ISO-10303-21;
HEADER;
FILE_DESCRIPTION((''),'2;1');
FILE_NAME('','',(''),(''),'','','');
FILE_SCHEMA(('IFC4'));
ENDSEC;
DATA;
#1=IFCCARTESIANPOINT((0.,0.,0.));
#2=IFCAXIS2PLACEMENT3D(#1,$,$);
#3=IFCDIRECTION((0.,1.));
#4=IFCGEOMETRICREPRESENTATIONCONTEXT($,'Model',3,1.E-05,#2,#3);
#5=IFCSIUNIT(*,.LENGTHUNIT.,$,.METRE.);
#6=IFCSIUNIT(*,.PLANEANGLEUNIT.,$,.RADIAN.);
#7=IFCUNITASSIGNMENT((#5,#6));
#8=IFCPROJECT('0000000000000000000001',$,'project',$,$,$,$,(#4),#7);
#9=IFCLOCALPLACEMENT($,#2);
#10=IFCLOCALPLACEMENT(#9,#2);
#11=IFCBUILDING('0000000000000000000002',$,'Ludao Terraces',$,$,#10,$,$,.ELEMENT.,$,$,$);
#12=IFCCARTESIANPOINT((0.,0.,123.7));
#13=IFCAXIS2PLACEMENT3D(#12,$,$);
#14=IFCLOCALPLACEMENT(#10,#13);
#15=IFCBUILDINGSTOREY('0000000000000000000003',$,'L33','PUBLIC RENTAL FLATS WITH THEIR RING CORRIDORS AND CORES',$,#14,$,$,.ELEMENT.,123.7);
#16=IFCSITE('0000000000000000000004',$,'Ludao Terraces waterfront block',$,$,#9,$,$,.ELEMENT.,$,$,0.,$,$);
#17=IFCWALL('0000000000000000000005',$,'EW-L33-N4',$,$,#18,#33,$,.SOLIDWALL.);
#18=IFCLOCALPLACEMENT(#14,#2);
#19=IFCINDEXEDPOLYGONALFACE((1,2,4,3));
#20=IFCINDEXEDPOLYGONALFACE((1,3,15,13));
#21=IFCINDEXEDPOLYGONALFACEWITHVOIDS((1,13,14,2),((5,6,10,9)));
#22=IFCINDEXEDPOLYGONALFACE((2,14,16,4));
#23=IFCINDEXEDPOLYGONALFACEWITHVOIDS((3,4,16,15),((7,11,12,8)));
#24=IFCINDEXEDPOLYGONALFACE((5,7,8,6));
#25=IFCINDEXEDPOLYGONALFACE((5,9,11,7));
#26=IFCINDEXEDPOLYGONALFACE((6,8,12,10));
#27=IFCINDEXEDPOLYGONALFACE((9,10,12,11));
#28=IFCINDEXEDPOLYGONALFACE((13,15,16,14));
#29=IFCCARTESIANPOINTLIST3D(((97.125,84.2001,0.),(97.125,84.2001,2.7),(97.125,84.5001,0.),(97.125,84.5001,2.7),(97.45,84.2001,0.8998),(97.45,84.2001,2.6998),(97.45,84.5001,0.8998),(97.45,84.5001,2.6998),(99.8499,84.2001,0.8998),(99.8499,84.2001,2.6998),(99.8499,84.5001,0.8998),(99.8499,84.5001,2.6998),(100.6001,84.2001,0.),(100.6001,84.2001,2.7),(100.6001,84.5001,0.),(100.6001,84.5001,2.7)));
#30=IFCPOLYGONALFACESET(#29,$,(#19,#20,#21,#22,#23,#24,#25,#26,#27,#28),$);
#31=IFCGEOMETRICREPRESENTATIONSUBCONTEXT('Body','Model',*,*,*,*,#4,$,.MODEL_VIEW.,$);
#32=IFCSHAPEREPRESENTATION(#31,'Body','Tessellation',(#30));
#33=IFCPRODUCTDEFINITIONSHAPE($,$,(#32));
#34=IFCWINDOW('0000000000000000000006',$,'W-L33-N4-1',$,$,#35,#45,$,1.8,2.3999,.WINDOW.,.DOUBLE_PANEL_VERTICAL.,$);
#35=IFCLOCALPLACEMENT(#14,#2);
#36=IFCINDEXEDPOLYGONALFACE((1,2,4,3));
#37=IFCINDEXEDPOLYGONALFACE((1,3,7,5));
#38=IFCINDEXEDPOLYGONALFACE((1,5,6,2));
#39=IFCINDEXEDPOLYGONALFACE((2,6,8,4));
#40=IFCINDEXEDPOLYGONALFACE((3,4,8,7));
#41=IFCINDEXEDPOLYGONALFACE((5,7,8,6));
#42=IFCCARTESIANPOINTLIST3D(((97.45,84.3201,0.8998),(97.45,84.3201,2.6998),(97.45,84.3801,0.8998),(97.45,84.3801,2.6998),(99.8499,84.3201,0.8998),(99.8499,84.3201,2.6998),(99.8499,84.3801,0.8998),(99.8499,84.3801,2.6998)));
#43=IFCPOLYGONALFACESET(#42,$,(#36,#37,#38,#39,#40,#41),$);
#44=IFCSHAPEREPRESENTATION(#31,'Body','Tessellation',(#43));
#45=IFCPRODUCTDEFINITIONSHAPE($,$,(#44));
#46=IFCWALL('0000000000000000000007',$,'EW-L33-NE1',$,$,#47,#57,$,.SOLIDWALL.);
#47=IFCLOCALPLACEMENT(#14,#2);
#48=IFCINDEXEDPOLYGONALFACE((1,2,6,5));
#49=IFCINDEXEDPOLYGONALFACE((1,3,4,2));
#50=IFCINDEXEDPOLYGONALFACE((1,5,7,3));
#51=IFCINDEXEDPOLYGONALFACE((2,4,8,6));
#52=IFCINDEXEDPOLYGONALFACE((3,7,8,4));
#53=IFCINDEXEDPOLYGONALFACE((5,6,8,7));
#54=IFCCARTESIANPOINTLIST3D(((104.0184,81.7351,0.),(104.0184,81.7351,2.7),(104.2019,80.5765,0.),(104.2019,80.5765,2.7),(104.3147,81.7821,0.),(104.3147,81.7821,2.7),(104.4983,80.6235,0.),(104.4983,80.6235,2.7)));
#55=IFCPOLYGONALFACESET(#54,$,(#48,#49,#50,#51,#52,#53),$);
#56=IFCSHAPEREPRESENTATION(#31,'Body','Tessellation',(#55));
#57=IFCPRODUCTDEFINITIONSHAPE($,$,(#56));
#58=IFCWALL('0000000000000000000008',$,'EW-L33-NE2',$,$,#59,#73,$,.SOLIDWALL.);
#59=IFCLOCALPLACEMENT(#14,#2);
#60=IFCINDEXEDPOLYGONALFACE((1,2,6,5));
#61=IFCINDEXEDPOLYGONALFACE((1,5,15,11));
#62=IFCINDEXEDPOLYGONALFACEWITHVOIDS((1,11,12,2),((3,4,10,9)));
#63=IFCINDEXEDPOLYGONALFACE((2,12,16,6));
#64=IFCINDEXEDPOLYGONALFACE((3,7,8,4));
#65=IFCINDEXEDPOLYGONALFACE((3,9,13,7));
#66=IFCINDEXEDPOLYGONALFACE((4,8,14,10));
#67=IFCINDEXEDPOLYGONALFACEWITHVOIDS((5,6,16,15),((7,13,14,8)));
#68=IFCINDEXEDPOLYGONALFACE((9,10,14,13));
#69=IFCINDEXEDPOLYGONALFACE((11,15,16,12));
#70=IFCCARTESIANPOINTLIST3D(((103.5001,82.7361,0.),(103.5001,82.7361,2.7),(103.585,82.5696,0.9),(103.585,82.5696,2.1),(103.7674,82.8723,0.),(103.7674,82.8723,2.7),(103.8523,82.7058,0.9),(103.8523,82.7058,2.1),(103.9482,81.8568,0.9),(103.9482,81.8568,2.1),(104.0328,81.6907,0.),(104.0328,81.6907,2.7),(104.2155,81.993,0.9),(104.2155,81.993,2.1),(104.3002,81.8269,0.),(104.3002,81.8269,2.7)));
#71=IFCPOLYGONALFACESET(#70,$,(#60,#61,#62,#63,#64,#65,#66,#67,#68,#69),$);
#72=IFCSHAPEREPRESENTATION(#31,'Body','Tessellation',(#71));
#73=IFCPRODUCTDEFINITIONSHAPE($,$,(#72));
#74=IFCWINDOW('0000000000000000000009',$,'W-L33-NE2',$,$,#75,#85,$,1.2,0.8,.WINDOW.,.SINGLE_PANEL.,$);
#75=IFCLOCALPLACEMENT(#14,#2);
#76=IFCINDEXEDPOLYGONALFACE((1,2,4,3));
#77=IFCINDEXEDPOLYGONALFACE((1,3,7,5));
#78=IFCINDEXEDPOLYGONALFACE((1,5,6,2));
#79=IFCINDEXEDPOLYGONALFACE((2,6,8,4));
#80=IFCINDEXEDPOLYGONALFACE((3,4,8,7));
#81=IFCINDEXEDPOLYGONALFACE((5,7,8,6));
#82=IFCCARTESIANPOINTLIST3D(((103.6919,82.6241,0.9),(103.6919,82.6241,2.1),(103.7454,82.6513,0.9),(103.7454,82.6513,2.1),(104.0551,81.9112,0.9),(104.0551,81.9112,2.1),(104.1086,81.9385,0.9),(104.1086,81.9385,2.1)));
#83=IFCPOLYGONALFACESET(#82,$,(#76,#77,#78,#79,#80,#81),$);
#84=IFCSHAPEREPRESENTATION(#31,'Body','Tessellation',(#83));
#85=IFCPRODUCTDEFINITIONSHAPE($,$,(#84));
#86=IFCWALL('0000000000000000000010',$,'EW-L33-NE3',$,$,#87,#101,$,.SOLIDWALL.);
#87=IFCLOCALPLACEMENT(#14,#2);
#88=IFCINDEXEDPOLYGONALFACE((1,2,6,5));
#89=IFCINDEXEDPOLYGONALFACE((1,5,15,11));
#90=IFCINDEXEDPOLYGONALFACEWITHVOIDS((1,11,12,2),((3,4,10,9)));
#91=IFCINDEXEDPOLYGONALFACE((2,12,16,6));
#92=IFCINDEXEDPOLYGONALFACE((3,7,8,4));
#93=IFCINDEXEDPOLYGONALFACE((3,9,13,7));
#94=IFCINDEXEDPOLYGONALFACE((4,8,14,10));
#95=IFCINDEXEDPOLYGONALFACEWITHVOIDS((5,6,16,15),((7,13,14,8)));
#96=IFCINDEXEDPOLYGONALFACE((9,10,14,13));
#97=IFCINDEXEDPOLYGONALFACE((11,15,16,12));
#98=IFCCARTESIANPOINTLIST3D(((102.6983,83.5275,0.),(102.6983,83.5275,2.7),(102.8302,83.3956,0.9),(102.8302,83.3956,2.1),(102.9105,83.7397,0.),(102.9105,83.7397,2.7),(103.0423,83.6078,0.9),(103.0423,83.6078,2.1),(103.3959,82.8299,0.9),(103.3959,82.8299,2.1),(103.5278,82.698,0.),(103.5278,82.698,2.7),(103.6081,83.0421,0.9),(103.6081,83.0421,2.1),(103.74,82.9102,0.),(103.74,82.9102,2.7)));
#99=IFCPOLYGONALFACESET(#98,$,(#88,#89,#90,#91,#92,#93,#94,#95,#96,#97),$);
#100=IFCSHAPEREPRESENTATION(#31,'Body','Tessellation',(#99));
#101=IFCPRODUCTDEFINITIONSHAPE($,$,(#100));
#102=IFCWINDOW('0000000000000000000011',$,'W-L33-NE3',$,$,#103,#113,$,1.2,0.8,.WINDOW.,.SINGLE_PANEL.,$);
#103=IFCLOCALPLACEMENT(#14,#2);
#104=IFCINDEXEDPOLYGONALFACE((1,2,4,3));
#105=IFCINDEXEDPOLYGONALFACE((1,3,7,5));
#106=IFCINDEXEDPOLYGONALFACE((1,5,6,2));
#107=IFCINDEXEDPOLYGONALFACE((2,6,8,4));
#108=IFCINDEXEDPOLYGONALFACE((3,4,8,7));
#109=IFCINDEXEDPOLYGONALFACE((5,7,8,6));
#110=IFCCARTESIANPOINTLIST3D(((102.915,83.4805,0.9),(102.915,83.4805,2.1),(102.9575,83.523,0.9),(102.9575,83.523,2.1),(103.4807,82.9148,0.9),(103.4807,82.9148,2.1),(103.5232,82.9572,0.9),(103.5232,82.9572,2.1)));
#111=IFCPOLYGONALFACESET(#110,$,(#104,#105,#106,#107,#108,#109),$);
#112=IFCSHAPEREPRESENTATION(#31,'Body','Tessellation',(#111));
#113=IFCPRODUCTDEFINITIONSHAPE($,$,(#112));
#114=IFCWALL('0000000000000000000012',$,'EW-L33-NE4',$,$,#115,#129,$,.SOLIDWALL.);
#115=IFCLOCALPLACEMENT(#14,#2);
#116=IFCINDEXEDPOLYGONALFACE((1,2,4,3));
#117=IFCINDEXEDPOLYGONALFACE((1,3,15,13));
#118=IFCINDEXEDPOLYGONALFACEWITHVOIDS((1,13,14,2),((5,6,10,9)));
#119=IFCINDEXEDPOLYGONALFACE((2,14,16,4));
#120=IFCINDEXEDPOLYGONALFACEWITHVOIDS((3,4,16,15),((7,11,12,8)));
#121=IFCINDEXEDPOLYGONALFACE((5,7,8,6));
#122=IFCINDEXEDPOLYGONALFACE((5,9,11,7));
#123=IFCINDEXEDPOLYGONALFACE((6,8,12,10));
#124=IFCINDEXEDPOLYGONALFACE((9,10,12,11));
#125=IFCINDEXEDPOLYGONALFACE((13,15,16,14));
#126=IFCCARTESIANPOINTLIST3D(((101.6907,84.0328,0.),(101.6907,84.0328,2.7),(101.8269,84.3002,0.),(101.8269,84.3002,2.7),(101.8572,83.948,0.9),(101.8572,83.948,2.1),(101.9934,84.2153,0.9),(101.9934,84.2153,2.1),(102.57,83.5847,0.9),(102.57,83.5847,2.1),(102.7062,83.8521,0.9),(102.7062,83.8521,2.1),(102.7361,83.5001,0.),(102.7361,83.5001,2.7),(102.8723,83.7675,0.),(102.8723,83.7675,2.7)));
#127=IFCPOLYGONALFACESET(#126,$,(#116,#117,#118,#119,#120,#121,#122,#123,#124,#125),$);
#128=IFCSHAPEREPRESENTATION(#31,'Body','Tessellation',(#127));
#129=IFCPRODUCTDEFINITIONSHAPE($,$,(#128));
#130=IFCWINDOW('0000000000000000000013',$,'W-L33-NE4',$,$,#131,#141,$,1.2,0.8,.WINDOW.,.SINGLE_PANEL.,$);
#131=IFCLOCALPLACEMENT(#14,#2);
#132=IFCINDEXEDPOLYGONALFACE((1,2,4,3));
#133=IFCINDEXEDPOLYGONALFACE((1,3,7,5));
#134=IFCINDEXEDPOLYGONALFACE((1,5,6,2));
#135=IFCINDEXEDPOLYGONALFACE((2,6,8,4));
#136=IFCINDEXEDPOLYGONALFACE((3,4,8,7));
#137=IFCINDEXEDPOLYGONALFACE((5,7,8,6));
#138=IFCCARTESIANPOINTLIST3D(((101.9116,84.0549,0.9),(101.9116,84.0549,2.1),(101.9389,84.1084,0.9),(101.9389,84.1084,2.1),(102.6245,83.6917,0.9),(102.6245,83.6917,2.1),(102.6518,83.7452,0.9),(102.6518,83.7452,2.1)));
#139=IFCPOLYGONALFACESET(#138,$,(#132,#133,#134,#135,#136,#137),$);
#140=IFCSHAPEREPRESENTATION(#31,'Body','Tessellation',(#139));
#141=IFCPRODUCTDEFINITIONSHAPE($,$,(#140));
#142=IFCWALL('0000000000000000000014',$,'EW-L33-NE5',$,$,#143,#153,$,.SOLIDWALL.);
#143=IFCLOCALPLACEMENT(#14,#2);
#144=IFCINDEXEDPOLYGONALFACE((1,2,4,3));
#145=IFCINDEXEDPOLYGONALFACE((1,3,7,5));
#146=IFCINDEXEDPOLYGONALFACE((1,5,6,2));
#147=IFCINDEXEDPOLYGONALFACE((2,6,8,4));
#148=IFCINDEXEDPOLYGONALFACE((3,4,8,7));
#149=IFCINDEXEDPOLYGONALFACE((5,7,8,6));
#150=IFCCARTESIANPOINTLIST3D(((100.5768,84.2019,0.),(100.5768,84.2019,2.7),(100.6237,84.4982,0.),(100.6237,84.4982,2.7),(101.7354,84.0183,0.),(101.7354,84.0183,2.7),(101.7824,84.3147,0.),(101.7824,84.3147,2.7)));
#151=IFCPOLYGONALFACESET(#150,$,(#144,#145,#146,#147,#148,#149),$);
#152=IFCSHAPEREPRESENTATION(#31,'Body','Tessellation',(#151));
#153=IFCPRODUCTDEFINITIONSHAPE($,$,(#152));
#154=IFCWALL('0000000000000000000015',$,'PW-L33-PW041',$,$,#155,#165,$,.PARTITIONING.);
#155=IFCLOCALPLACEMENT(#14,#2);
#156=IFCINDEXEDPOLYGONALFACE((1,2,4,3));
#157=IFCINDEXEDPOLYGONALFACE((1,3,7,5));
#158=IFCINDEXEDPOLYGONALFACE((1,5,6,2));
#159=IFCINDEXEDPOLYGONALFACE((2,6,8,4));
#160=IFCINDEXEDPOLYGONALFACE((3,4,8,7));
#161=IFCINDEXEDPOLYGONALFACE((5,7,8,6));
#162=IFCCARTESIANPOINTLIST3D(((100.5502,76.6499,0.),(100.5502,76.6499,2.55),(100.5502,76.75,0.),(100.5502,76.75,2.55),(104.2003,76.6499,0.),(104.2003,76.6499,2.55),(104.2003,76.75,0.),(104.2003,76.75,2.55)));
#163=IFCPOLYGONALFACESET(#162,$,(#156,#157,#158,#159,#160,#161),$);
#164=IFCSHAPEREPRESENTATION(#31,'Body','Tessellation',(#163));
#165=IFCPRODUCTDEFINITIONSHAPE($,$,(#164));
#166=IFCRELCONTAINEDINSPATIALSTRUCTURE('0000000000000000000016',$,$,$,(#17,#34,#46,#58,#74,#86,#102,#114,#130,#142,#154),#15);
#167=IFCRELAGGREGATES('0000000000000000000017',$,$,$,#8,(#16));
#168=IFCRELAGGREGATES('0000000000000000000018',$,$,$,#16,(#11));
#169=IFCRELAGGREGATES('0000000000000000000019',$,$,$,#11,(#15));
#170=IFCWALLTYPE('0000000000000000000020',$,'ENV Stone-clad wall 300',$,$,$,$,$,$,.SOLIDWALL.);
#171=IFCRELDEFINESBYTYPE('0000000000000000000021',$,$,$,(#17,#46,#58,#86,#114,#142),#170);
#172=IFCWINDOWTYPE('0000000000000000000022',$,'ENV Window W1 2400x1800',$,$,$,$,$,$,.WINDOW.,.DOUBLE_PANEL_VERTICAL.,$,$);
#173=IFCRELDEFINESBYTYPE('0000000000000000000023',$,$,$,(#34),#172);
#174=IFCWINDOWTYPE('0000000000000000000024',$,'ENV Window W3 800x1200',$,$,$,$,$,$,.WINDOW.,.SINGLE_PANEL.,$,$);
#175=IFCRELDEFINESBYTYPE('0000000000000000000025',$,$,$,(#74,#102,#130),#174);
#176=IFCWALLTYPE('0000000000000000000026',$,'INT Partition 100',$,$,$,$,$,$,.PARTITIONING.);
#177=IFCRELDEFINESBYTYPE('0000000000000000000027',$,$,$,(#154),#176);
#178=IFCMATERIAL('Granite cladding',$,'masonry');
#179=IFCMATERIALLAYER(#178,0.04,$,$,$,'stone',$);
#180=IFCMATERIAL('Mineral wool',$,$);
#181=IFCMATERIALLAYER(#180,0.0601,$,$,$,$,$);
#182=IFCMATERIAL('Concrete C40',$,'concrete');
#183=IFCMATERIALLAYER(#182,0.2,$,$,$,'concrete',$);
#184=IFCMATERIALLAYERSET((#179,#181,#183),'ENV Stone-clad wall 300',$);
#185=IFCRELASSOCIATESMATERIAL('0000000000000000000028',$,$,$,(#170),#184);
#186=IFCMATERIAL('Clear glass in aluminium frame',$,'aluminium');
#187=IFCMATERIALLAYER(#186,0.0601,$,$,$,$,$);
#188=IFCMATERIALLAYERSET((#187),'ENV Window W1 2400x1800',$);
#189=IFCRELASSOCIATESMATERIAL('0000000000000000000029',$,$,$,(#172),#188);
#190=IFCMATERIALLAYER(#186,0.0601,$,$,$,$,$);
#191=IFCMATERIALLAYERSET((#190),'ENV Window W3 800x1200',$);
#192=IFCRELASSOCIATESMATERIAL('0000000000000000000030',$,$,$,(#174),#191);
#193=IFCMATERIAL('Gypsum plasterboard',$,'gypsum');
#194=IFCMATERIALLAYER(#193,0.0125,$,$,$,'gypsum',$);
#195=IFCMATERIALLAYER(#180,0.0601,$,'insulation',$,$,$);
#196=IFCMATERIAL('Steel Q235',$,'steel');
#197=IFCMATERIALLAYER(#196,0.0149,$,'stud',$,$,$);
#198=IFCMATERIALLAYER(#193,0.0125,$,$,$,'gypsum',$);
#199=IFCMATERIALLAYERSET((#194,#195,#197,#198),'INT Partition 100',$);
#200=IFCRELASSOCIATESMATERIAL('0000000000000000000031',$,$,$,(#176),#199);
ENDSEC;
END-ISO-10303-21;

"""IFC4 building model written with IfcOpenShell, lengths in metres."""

from ifc_helpers import new_model, si_unit, direction, frame, frame_2d, origin, place, context, subcontext, project, spatial, rectangle, extrude, material, layer, layer_set, type_object, element, fill, save


model = new_model("IFC4")

# Units and contexts
model_context = context("Model", 3, precision=1e-05, world=origin(), true_north=direction((0.0, 1.0)))
body_context = subcontext(model_context, "Body", "Model", "MODEL_VIEW")
ifc_project = project(units=[si_unit("LENGTHUNIT", "METRE"), si_unit("PLANEANGLEUNIT", "RADIAN")], contexts=[model_context])

# Site, building, storey
site_placement = place(None, origin())
site = spatial("IfcSite", under=ifc_project, at=site_placement, Name="Ludao Terraces waterfront block", CompositionType="ELEMENT", RefElevation=0.0)
building_placement = place(site_placement, origin())
building = spatial("IfcBuilding", under=site, at=building_placement, Name="Ludao Terraces", CompositionType="ELEMENT")
storey_placement = place(building_placement, frame((0.0, 0.0, 123.7)))
storey = spatial("IfcBuildingStorey", under=building, at=storey_placement, Name="L33", Description="PUBLIC RENTAL FLATS WITH THEIR RING CORRIDORS AND CORES", CompositionType="ELEMENT", Elevation=123.7)

# Shared definitions
ifc_material_1 = material(Name="Concrete C40", Category="concrete")

# Shared definitions
ifc_material_2 = material(Name="Steel Q235", Category="steel")

# Shared definitions
ifc_material_3 = material(Name="Granite cladding", Category="masonry")
ifc_layer_1 = layer(ifc_material_3, 0.04, Category="stone")
ifc_material_4 = material(Name="Mineral wool")
ifc_layer_2 = layer(ifc_material_4, 0.0601)
ifc_layer_3 = layer(ifc_material_1, 0.2, Category="concrete")
ifc_layer_set_1 = layer_set([ifc_layer_1, ifc_layer_2, ifc_layer_3], Name="ENV Stone-clad wall 300")
wall_type_1 = type_object("IfcWallType", Name="ENV Stone-clad wall 300", PredefinedType="SOLIDWALL", material=ifc_layer_set_1)
ifc_material_5 = material(Name="Clear glass in aluminium frame", Category="aluminium")
ifc_layer_4 = layer(ifc_material_5, 0.0601)
ifc_layer_set_2 = layer_set([ifc_layer_4], Name="ENV Window W1 2400x1800")
window_type_1 = type_object("IfcWindowType", Name="ENV Window W1 2400x1800", PartitioningType="DOUBLE_PANEL_VERTICAL", PredefinedType="WINDOW", material=ifc_layer_set_2)

# Wall, opening, window
wall_1_placement = place(storey_placement, frame((97.125, 84.3501, 0.0), z_axis=(0.0, 0.0, 1.0), x_axis=(1.0, 0.0, 0.0)))
wall_1 = element("IfcWall", 1, at=wall_1_placement, inside=storey, type_object=wall_type_1, Name="EW-L33-N4", PredefinedType="SOLIDWALL", context=body_context, shape_type="SweptSolid", body=[
    extrude(rectangle(XDim=3.4751, YDim=0.3, at=frame_2d((1.7375, 0.0))), origin(), (0.0, 0.0, 1.0), 2.7),
])
opening_1_placement = place(wall_1_placement, frame((0.325, 0.0, 0.8999)))
opening_1 = element("IfcOpeningElement", 2, at=opening_1_placement, cuts=wall_1, PredefinedType="OPENING", context=body_context, shape_type="SweptSolid", body=[
    extrude(rectangle(XDim=2.3999, YDim=1.8, at=frame_2d((1.2, 0.8999))), frame((0.0, 0.1602, 0.0), z_axis=(0.0, -1.0, 0.0), x_axis=(1.0, 0.0, 0.0)), (0.0, 0.0, 1.0), 0.3201),
])
window_1_placement = place(opening_1_placement, origin())
window_1 = element("IfcWindow", 3, at=window_1_placement, inside=storey, type_object=window_type_1, Name="W-L33-N4-1", OverallHeight=1.8, OverallWidth=2.3999, PartitioningType="DOUBLE_PANEL_VERTICAL", PredefinedType="WINDOW", context=body_context, shape_type="SweptSolid", body=[
    extrude(rectangle(XDim=2.3999, YDim=1.8, at=frame_2d((1.2, 0.8999))), frame((0.0, 0.03, 0.0), z_axis=(0.0, -1.0, 0.0), x_axis=(1.0, 0.0, 0.0)), (0.0, 0.0, 1.0), 0.0601),
])
fill(opening_1, window_1)

# Wall
wall_2_placement = place(storey_placement, frame((104.3501, 80.6001, 0.0), z_axis=(0.0, 0.0, 1.0), x_axis=(-0.156497, 0.987678, 0.0)))
element("IfcWall", 4, at=wall_2_placement, inside=storey, type_object=wall_type_1, Name="EW-L33-NE1", PredefinedType="SOLIDWALL", context=body_context, shape_type="SweptSolid", body=[
    extrude(rectangle(XDim=1.1731, YDim=0.3, at=frame_2d((0.5864, 0.0))), origin(), (0.0, 0.0, 1.0), 2.7),
])

# Walls, openings, windows
wall_3_placement = place(storey_placement, frame((104.1665, 81.7588, 0.0), z_axis=(0.0, 0.0, 1.0), x_axis=(-0.454026, 0.890989, 0.0)))
wall_3 = element("IfcWall", 5, at=wall_3_placement, inside=storey, type_object=wall_type_1, Name="EW-L33-NE2", PredefinedType="SOLIDWALL", context=body_context, shape_type="SweptSolid", body=[
    extrude(rectangle(XDim=1.1733, YDim=0.3, at=frame_2d((0.5867, 0.0))), origin(), (0.0, 0.0, 1.0), 2.7),
])
opening_2_placement = place(wall_3_placement, frame((0.1865, 0.0, 0.8999)))
opening_2 = element("IfcOpeningElement", 6, at=opening_2_placement, cuts=wall_3, PredefinedType="OPENING", context=body_context, shape_type="SweptSolid", body=[
    extrude(rectangle(XDim=0.8, YDim=1.2, at=frame_2d((0.3999, 0.6001))), frame((0.0, 0.1602, 0.0), z_axis=(0.0, -1.0, 0.0), x_axis=(1.0, 0.0, 0.0)), (0.0, 0.0, 1.0), 0.3201),
])
ifc_layer_5 = layer(ifc_material_5, 0.0601)
ifc_layer_set_3 = layer_set([ifc_layer_5], Name="ENV Window W3 800x1200")
window_type_2 = type_object("IfcWindowType", Name="ENV Window W3 800x1200", PartitioningType="SINGLE_PANEL", PredefinedType="WINDOW", material=ifc_layer_set_3)
window_2_placement = place(opening_2_placement, origin())
window_2 = element("IfcWindow", 7, at=window_2_placement, inside=storey, type_object=window_type_2, Name="W-L33-NE2", OverallHeight=1.2, OverallWidth=0.8, PartitioningType="SINGLE_PANEL", PredefinedType="WINDOW", context=body_context, shape_type="SweptSolid", body=[
    extrude(rectangle(XDim=0.8, YDim=1.2, at=frame_2d((0.3999, 0.6001))), frame((0.0, 0.03, 0.0), z_axis=(0.0, -1.0, 0.0), x_axis=(1.0, 0.0, 0.0)), (0.0, 0.0, 1.0), 0.0601),
])
fill(opening_2, window_2)
wall_4_placement = place(storey_placement, frame((103.6338, 82.8042, 0.0), z_axis=(0.0, 0.0, 1.0), x_axis=(-0.707107, 0.707107, 0.0)))
wall_4 = element("IfcWall", 8, at=wall_4_placement, inside=storey, type_object=wall_type_1, Name="EW-L33-NE3", PredefinedType="SOLIDWALL", context=body_context, shape_type="SweptSolid", body=[
    extrude(rectangle(XDim=1.1731, YDim=0.3, at=frame_2d((0.5864, 0.0))), origin(), (0.0, 0.0, 1.0), 2.7),
])
opening_3_placement = place(wall_4_placement, frame((0.1865, 0.0, 0.8999)))
opening_3 = element("IfcOpeningElement", 9, at=opening_3_placement, cuts=wall_4, PredefinedType="OPENING", context=body_context, shape_type="SweptSolid", body=[
    extrude(rectangle(XDim=0.8, YDim=1.2, at=frame_2d((0.3999, 0.6001))), frame((0.0, 0.1602, 0.0), z_axis=(0.0, -1.0, 0.0), x_axis=(1.0, 0.0, 0.0)), (0.0, 0.0, 1.0), 0.3201),
])
window_3_placement = place(opening_3_placement, origin())
window_3 = element("IfcWindow", 10, at=window_3_placement, inside=storey, type_object=window_type_2, Name="W-L33-NE3", OverallHeight=1.2, OverallWidth=0.8, PartitioningType="SINGLE_PANEL", PredefinedType="WINDOW", context=body_context, shape_type="SweptSolid", body=[
    extrude(rectangle(XDim=0.8, YDim=1.2, at=frame_2d((0.3999, 0.6001))), frame((0.0, 0.03, 0.0), z_axis=(0.0, -1.0, 0.0), x_axis=(1.0, 0.0, 0.0)), (0.0, 0.0, 1.0), 0.0601),
])
fill(opening_3, window_3)
wall_5_placement = place(storey_placement, frame((102.8042, 83.6338, 0.0), z_axis=(0.0, 0.0, 1.0), x_axis=(-0.890989, 0.454026, 0.0)))
wall_5 = element("IfcWall", 11, at=wall_5_placement, inside=storey, type_object=wall_type_1, Name="EW-L33-NE4", PredefinedType="SOLIDWALL", context=body_context, shape_type="SweptSolid", body=[
    extrude(rectangle(XDim=1.1733, YDim=0.3, at=frame_2d((0.5867, 0.0))), origin(), (0.0, 0.0, 1.0), 2.7),
])
opening_4_placement = place(wall_5_placement, frame((0.1865, 0.0, 0.8999)))
opening_4 = element("IfcOpeningElement", 12, at=opening_4_placement, cuts=wall_5, PredefinedType="OPENING", context=body_context, shape_type="SweptSolid", body=[
    extrude(rectangle(XDim=0.8, YDim=1.2, at=frame_2d((0.3999, 0.6001))), frame((0.0, 0.1602, 0.0), z_axis=(0.0, -1.0, 0.0), x_axis=(1.0, 0.0, 0.0)), (0.0, 0.0, 1.0), 0.3201),
])
window_4_placement = place(opening_4_placement, origin())
window_4 = element("IfcWindow", 13, at=window_4_placement, inside=storey, type_object=window_type_2, Name="W-L33-NE4", OverallHeight=1.2, OverallWidth=0.8, PartitioningType="SINGLE_PANEL", PredefinedType="WINDOW", context=body_context, shape_type="SweptSolid", body=[
    extrude(rectangle(XDim=0.8, YDim=1.2, at=frame_2d((0.3999, 0.6001))), frame((0.0, 0.03, 0.0), z_axis=(0.0, -1.0, 0.0), x_axis=(1.0, 0.0, 0.0)), (0.0, 0.0, 1.0), 0.0601),
])
fill(opening_4, window_4)

# Walls
wall_6_placement = place(storey_placement, frame((101.7588, 84.1665, 0.0), z_axis=(0.0, 0.0, 1.0), x_axis=(-0.987678, 0.156497, 0.0)))
element("IfcWall", 14, at=wall_6_placement, inside=storey, type_object=wall_type_1, Name="EW-L33-NE5", PredefinedType="SOLIDWALL", context=body_context, shape_type="SweptSolid", body=[
    extrude(rectangle(XDim=1.1731, YDim=0.3, at=frame_2d((0.5864, 0.0))), origin(), (0.0, 0.0, 1.0), 2.7),
])
ifc_material_6 = material(Name="Gypsum plasterboard", Category="gypsum")
ifc_layer_6 = layer(ifc_material_6, 0.0125, Category="gypsum")
ifc_layer_7 = layer(ifc_material_4, 0.0601, Name="insulation")
ifc_layer_8 = layer(ifc_material_2, 0.0149, Name="stud")
ifc_layer_9 = layer(ifc_material_6, 0.0125, Category="gypsum")
ifc_layer_set_4 = layer_set([ifc_layer_6, ifc_layer_7, ifc_layer_8, ifc_layer_9], Name="INT Partition 100")
wall_type_2 = type_object("IfcWallType", Name="INT Partition 100", PredefinedType="PARTITIONING", material=ifc_layer_set_4)
wall_7_placement = place(storey_placement, frame((100.55, 76.7, 0.0), z_axis=(0.0, 0.0, 1.0), x_axis=(1.0, 0.0, 0.0)))
element("IfcWall", 15, at=wall_7_placement, inside=storey, type_object=wall_type_2, Name="PW-L33-PW041", PredefinedType="PARTITIONING", context=body_context, shape_type="SweptSolid", body=[
    extrude(rectangle(XDim=3.6501, YDim=0.1001, at=frame_2d((1.8252, 0.0))), origin(), (0.0, 0.0, 1.0), 2.55),
])

save(model, "model.ifc")
